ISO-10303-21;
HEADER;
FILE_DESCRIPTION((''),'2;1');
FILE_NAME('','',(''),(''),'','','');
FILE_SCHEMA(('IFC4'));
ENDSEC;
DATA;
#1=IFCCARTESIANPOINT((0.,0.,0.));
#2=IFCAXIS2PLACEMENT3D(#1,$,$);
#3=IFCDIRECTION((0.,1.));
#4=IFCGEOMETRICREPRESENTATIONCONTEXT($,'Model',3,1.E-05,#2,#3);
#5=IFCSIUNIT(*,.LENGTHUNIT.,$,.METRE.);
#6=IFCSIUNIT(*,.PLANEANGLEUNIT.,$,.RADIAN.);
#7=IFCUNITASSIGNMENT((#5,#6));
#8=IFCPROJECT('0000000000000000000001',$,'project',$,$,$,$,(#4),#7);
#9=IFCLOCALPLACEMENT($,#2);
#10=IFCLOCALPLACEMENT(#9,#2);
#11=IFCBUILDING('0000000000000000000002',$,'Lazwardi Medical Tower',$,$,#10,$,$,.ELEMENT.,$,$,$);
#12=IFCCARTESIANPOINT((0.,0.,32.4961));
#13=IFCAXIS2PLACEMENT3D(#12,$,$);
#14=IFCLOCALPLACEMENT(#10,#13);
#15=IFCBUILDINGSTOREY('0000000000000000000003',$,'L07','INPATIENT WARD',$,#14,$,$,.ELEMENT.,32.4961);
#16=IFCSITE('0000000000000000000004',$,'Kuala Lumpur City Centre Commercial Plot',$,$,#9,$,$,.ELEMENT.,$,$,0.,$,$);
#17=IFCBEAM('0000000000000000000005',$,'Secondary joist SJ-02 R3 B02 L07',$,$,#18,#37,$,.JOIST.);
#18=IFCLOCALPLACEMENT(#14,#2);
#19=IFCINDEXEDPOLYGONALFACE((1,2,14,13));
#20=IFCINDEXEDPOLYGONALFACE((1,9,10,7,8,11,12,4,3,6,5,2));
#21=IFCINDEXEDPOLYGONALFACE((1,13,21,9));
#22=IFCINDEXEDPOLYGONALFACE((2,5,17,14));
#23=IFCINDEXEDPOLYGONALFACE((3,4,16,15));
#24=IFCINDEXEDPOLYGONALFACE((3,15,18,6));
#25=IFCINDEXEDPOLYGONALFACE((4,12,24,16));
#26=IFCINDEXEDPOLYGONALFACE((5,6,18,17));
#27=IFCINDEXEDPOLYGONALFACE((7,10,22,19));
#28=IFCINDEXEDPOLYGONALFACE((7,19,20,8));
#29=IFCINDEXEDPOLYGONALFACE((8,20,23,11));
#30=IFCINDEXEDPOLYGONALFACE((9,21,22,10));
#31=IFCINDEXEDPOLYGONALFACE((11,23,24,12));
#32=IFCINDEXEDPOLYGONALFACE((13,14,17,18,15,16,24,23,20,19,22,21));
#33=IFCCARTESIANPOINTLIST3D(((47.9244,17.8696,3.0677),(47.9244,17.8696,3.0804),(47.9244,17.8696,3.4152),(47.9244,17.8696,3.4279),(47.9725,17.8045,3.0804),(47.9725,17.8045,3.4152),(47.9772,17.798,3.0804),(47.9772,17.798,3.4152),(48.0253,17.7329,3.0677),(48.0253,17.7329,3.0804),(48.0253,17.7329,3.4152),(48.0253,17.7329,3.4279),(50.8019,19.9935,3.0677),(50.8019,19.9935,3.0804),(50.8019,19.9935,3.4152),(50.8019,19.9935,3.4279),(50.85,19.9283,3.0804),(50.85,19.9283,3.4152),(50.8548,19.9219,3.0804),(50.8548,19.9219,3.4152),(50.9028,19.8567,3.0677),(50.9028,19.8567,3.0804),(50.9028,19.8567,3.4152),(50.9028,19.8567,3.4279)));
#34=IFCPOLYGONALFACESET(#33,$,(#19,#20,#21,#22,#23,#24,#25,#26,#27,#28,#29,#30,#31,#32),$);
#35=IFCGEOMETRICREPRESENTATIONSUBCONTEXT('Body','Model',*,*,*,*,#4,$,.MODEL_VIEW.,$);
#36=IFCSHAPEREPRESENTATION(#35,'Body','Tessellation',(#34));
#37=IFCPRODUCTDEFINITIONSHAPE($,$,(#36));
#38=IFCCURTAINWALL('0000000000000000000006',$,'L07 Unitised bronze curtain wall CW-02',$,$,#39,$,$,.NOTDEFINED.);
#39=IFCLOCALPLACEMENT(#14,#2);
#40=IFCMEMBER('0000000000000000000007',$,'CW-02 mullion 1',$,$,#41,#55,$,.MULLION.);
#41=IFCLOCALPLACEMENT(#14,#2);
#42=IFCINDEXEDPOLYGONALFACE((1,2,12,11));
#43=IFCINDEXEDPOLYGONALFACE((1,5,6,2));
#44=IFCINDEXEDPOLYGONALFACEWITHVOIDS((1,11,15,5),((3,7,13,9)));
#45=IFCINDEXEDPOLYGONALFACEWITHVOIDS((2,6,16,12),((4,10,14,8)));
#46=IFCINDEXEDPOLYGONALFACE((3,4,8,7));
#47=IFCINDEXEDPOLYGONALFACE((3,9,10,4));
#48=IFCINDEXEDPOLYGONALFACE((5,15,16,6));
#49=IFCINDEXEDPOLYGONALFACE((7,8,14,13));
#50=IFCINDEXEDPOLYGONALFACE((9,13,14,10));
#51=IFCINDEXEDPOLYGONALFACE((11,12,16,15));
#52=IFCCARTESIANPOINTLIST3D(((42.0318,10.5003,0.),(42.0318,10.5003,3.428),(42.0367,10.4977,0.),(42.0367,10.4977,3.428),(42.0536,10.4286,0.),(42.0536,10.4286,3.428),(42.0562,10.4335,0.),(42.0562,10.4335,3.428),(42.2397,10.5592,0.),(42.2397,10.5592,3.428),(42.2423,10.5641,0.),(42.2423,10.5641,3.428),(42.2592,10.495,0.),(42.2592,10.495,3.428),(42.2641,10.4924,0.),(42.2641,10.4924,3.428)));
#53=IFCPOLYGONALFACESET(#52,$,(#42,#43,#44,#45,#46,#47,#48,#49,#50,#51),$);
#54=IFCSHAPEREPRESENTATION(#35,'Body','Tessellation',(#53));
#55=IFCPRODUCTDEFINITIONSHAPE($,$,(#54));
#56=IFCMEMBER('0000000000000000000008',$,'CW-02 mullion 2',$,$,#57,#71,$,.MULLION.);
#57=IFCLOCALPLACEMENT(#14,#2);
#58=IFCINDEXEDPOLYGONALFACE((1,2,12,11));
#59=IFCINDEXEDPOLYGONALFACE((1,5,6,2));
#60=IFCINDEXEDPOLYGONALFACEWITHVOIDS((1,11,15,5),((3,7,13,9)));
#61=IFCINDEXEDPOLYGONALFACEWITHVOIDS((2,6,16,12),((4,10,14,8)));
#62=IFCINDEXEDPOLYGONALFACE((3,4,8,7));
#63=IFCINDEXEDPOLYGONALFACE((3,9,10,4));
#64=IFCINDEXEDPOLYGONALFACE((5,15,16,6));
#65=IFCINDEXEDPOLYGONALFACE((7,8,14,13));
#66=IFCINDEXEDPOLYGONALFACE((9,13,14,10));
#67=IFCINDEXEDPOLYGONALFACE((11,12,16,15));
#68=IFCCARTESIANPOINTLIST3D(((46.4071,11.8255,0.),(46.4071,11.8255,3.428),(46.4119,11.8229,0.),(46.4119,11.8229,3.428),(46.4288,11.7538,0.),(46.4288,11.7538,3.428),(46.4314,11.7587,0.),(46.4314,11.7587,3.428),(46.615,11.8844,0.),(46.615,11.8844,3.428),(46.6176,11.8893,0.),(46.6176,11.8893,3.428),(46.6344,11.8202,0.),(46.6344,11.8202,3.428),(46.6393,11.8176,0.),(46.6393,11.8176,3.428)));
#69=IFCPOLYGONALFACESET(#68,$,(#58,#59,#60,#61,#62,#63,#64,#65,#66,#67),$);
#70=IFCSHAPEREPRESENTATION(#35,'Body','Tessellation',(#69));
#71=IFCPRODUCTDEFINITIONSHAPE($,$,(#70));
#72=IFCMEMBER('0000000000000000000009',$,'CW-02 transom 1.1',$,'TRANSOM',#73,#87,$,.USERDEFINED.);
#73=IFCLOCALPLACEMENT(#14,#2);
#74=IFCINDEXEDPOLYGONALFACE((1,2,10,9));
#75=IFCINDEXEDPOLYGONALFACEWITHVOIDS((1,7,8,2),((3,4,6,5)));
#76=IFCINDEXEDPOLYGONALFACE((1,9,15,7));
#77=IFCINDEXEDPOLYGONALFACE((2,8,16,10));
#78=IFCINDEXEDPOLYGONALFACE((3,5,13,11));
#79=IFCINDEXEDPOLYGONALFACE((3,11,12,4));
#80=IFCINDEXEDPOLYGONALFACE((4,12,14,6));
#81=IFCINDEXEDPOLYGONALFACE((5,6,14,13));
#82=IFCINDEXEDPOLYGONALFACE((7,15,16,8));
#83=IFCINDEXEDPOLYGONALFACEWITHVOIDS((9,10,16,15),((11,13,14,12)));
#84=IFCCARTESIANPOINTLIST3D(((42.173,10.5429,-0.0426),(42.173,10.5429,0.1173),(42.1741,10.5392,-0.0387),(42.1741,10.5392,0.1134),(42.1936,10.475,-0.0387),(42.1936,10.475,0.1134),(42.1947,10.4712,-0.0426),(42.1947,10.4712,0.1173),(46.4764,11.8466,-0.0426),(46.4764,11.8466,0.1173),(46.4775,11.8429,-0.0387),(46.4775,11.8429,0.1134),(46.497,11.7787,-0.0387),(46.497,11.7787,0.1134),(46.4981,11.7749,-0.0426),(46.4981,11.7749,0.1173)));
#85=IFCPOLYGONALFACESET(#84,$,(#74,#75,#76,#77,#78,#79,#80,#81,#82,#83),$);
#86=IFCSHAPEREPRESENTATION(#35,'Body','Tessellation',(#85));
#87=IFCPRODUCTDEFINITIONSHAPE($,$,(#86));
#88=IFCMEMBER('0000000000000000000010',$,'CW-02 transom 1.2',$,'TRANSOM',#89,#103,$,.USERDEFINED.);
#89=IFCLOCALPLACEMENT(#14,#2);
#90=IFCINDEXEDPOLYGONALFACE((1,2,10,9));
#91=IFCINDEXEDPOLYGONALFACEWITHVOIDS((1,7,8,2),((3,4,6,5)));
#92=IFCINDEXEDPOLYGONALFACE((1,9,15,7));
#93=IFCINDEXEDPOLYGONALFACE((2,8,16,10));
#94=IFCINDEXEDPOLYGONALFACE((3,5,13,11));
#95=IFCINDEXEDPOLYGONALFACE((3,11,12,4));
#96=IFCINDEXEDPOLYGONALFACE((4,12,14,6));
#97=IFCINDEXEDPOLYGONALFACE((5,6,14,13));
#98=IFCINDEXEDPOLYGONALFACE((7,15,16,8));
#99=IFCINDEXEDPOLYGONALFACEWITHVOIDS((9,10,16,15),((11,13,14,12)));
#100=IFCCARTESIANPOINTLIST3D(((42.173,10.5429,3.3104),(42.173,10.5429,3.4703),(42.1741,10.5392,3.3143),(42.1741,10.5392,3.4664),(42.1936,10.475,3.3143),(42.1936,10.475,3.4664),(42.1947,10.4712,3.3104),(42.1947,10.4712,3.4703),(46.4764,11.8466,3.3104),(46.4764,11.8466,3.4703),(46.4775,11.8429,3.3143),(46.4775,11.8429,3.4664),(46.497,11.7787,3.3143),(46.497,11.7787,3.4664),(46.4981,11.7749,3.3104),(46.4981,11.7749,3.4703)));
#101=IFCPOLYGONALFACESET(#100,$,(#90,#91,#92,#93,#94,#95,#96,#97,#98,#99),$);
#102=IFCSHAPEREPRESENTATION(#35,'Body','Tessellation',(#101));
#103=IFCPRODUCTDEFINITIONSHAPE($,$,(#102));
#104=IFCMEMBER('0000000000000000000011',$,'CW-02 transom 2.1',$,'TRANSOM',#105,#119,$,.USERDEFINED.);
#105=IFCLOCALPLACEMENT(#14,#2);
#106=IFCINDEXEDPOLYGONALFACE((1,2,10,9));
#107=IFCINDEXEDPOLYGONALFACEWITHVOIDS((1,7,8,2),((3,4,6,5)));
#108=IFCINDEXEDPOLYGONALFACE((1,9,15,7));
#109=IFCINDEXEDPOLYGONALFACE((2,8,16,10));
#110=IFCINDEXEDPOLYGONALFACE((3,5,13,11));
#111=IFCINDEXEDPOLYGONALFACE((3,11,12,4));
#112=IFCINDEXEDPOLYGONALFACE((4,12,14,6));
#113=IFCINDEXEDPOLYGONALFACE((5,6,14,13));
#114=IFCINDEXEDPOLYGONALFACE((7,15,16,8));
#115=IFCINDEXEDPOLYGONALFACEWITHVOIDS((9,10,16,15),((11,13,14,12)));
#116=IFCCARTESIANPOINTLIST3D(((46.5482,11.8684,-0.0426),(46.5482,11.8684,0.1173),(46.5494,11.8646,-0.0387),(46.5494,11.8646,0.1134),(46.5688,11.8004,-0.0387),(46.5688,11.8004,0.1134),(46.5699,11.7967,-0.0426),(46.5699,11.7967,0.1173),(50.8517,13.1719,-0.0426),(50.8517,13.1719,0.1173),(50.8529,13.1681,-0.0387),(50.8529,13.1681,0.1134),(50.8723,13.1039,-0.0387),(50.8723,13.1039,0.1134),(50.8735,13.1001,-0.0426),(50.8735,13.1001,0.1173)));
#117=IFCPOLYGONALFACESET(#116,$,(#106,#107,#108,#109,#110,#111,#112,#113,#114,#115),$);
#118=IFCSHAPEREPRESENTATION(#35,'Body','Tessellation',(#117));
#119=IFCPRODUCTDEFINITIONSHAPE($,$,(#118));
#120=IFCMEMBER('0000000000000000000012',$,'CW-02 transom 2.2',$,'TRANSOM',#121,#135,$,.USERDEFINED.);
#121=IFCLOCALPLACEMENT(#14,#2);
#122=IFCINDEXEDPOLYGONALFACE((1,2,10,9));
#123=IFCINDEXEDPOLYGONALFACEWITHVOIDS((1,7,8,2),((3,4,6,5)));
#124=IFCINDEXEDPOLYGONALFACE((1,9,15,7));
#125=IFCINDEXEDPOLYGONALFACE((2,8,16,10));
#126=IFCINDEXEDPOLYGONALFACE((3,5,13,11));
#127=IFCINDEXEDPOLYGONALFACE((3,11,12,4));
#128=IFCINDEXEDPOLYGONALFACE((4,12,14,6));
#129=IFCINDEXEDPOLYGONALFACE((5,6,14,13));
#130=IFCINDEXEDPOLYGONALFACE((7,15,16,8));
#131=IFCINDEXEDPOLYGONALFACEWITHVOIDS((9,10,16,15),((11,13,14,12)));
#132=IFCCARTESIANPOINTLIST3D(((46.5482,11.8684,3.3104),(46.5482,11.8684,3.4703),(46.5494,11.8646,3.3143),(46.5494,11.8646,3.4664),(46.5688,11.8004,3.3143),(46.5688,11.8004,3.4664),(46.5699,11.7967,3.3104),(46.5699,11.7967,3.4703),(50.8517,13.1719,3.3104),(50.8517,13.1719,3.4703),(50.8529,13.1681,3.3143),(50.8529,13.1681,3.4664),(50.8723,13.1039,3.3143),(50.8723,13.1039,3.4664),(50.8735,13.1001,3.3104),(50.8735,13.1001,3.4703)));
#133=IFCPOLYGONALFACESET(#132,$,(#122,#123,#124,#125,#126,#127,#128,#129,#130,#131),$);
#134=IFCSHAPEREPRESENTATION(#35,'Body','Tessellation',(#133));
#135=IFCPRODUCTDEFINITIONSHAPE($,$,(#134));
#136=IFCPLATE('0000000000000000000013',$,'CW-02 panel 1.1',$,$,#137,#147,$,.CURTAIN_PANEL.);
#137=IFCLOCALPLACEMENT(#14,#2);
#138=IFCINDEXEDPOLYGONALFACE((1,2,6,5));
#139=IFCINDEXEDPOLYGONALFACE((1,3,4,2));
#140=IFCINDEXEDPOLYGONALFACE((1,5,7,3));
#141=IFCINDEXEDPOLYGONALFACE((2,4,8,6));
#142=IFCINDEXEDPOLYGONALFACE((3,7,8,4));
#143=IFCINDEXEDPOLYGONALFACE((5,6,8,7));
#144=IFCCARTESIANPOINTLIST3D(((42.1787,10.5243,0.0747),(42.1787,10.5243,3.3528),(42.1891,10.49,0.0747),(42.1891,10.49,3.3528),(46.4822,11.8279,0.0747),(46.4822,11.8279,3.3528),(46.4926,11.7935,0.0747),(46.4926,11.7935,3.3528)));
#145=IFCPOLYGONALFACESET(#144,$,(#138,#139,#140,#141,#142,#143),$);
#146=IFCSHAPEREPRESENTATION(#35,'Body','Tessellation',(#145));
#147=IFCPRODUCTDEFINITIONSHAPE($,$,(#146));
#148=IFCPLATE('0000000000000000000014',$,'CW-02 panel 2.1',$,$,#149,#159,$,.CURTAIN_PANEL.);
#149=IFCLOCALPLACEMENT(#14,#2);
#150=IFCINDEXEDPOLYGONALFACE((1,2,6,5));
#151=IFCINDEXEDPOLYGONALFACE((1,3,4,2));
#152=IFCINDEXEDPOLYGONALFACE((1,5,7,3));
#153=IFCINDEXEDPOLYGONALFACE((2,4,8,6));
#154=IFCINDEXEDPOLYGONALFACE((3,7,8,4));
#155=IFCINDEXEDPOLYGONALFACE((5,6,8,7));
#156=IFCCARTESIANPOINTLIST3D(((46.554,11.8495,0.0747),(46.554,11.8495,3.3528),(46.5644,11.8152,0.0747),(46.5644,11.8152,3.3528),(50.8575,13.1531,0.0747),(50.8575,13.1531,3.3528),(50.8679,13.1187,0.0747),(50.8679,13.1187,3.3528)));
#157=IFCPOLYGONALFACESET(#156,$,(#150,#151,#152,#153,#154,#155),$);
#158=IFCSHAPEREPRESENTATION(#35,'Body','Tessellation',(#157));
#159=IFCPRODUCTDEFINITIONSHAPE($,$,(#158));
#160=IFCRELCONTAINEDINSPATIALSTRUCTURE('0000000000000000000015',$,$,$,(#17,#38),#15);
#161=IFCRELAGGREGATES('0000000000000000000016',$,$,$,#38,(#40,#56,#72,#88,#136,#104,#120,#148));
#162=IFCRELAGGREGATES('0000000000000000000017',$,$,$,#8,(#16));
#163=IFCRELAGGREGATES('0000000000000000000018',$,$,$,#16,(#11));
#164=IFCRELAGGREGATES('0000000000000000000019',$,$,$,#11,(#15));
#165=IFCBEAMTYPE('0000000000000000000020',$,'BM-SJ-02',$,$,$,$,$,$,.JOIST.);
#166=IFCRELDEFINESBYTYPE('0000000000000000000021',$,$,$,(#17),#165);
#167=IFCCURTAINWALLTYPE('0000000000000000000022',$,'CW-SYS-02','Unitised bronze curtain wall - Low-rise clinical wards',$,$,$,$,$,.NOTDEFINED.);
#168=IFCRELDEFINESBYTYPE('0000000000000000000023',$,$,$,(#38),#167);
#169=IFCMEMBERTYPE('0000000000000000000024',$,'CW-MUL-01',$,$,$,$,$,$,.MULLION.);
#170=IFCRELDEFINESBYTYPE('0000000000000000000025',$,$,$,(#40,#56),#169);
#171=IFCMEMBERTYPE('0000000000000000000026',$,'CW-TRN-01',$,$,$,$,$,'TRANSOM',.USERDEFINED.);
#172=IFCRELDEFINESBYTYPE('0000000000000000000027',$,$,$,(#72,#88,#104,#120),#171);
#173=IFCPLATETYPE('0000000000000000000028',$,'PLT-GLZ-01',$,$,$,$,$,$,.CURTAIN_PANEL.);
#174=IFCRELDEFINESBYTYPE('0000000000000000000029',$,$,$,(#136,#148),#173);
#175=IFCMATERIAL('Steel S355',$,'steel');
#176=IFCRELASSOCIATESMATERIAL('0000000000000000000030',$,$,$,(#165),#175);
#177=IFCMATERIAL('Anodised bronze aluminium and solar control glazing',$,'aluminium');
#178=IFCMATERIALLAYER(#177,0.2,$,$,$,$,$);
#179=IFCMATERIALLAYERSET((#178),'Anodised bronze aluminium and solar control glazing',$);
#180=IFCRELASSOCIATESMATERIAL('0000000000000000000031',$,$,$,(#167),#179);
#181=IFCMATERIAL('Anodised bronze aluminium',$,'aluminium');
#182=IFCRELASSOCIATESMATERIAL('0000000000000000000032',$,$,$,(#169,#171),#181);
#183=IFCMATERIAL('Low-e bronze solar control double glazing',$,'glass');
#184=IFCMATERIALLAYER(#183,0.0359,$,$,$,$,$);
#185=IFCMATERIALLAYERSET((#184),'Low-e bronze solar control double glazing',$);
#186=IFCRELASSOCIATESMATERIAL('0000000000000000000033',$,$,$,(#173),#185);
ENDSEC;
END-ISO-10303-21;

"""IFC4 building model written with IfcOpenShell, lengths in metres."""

from ifc_helpers import new_model, si_unit, direction, frame, origin, origin_2d, place, context, subcontext, project, spatial, rectangle, hollow_rectangle, i_section, extrude, material, layer, layer_set, material_profile, profile_set, type_object, element, aggregate, save


model = new_model("IFC4")

# Units and contexts
model_context = context("Model", 3, precision=1e-05, world=origin(), true_north=direction((0.0, 1.0)))
body_context = subcontext(model_context, "Body", "Model", "MODEL_VIEW")
ifc_project = project(units=[si_unit("LENGTHUNIT", "METRE"), si_unit("PLANEANGLEUNIT", "RADIAN")], contexts=[model_context])

# Site, building, storey
site_placement = place(None, origin())
site = spatial("IfcSite", under=ifc_project, at=site_placement, Name="Kuala Lumpur City Centre Commercial Plot", CompositionType="ELEMENT", RefElevation=0.0)
building_placement = place(site_placement, origin())
building = spatial("IfcBuilding", under=site, at=building_placement, Name="Lazwardi Medical Tower", CompositionType="ELEMENT")
storey_placement = place(building_placement, frame((0.0, 0.0, 32.4961)))
storey = spatial("IfcBuildingStorey", under=building, at=storey_placement, Name="L07", Description="INPATIENT WARD", CompositionType="ELEMENT", Elevation=32.4961)

# Beam
ifc_material_1 = material(Name="Steel S355", Category="steel")
ifc_material_profile_1 = material_profile(ifc_material_1, i_section(OverallWidth=0.1699, OverallDepth=0.3601, WebThickness=0.0081, FlangeThickness=0.0127, at=origin_2d()), Name="IPE 360")
ifc_profile_set_1 = profile_set([ifc_material_profile_1], Name="Steel S355")
beam_type_1 = type_object("IfcBeamType", Name="BM-SJ-02", PredefinedType="JOIST", material=ifc_profile_set_1)
beam_1_placement = place(storey_placement, frame((47.9749, 17.8013, 3.2478), z_axis=(0.80458, 0.593844, 0.0), x_axis=(-0.593844, 0.80458, 0.0)))
element("IfcBeam", 1, at=beam_1_placement, inside=storey, type_object=beam_type_1, Name="Secondary joist SJ-02 R3 B02 L07", PredefinedType="JOIST", context=body_context, shape_type="SweptSolid", body=[
    extrude(i_section(OverallWidth=0.1699, OverallDepth=0.3601, WebThickness=0.0081, FlangeThickness=0.0127, at=origin_2d()), origin(), (0.0, 0.0, 1.0), 3.5764),
])

# Curtain wall, members, plates
ifc_material_2 = material(Name="Anodised bronze aluminium and solar control glazing", Category="aluminium")
ifc_layer_1 = layer(ifc_material_2, 0.2)
ifc_layer_set_1 = layer_set([ifc_layer_1], Name="Anodised bronze aluminium and solar control glazing")
curtain_wall_type = type_object("IfcCurtainWallType", Name="CW-SYS-02", Description="Unitised bronze curtain wall - Low-rise clinical wards", PredefinedType="NOTDEFINED", material=ifc_layer_set_1)
curtain_wall_placement = place(storey_placement, origin())
curtain_wall = element("IfcCurtainWall", 2, at=curtain_wall_placement, inside=storey, type_object=curtain_wall_type, Name="L07 Unitised bronze curtain wall CW-02", PredefinedType="NOTDEFINED")
ifc_material_3 = material(Name="Anodised bronze aluminium", Category="aluminium")
ifc_material_profile_2 = material_profile(ifc_material_3, hollow_rectangle(XDim=0.075, YDim=0.22, WallThickness=0.0039, at=origin_2d()), Name="ALU-MULLION 220x75x4")
ifc_profile_set_2 = profile_set([ifc_material_profile_2], Name="Anodised bronze aluminium")
member_type_1 = type_object("IfcMemberType", Name="CW-MUL-01", PredefinedType="MULLION", material=ifc_profile_set_2)
member_1_placement = place(storey_placement, frame((42.1479, 10.4963, 0.0), z_axis=(0.0, 0.0, 1.0), x_axis=(-0.289896, 0.957058, 0.0)))
member_1 = element("IfcMember", 3, at=member_1_placement, type_object=member_type_1, Name="CW-02 mullion 1", PredefinedType="MULLION", context=body_context, shape_type="SweptSolid", body=[
    extrude(hollow_rectangle(XDim=0.075, YDim=0.22, WallThickness=0.0039, at=origin_2d()), origin(), (0.0, 0.0, 1.0), 3.428),
])
member_2_placement = place(storey_placement, frame((46.5232, 11.8215, 0.0), z_axis=(0.0, 0.0, 1.0), x_axis=(-0.289896, 0.957058, 0.0)))
member_2 = element("IfcMember", 4, at=member_2_placement, type_object=member_type_1, Name="CW-02 mullion 2", PredefinedType="MULLION", context=body_context, shape_type="SweptSolid", body=[
    extrude(hollow_rectangle(XDim=0.075, YDim=0.22, WallThickness=0.0039, at=origin_2d()), origin(), (0.0, 0.0, 1.0), 3.428),
])
ifc_material_profile_3 = material_profile(ifc_material_3, hollow_rectangle(XDim=0.075, YDim=0.1599, WallThickness=0.0039, at=origin_2d()), Name="ALU-TRANSOM 160x75x4")
ifc_profile_set_3 = profile_set([ifc_material_profile_3], Name="Anodised bronze aluminium")
member_type_2 = type_object("IfcMemberType", Name="CW-TRN-01", ElementType="TRANSOM", PredefinedType="USERDEFINED", material=ifc_profile_set_3)
member_3_placement = place(storey_placement, frame((42.1838, 10.5071, 0.0374), z_axis=(0.957047, 0.289932, 0.0), x_axis=(-0.289932, 0.957047, 0.0)))
member_3 = element("IfcMember", 5, at=member_3_placement, type_object=member_type_2, Name="CW-02 transom 1.1", ObjectType="TRANSOM", PredefinedType="USERDEFINED", context=body_context, shape_type="SweptSolid", body=[
    extrude(hollow_rectangle(XDim=0.075, YDim=0.1599, WallThickness=0.0039, at=origin_2d()), origin(), (0.0, 0.0, 1.0), 4.4966),
])
member_4_placement = place(storey_placement, frame((42.1838, 10.5071, 3.3904), z_axis=(0.957047, 0.289932, 0.0), x_axis=(-0.289932, 0.957047, 0.0)))
member_4 = element("IfcMember", 6, at=member_4_placement, type_object=member_type_2, Name="CW-02 transom 1.2", ObjectType="TRANSOM", PredefinedType="USERDEFINED", context=body_context, shape_type="SweptSolid", body=[
    extrude(hollow_rectangle(XDim=0.075, YDim=0.1599, WallThickness=0.0039, at=origin_2d()), origin(), (0.0, 0.0, 1.0), 4.4966),
])
member_5_placement = place(storey_placement, frame((46.5591, 11.8325, 0.0374), z_axis=(0.957062, 0.289882, 0.0), x_axis=(-0.289882, 0.957062, 0.0)))
member_5 = element("IfcMember", 7, at=member_5_placement, type_object=member_type_2, Name="CW-02 transom 2.1", ObjectType="TRANSOM", PredefinedType="USERDEFINED", context=body_context, shape_type="SweptSolid", body=[
    extrude(hollow_rectangle(XDim=0.075, YDim=0.1599, WallThickness=0.0039, at=origin_2d()), origin(), (0.0, 0.0, 1.0), 4.4966),
])
member_6_placement = place(storey_placement, frame((46.5591, 11.8325, 3.3904), z_axis=(0.957062, 0.289882, 0.0), x_axis=(-0.289882, 0.957062, 0.0)))
member_6 = element("IfcMember", 8, at=member_6_placement, type_object=member_type_2, Name="CW-02 transom 2.2", ObjectType="TRANSOM", PredefinedType="USERDEFINED", context=body_context, shape_type="SweptSolid", body=[
    extrude(hollow_rectangle(XDim=0.075, YDim=0.1599, WallThickness=0.0039, at=origin_2d()), origin(), (0.0, 0.0, 1.0), 4.4966),
])
ifc_material_4 = material(Name="Low-e bronze solar control double glazing", Category="glass")
ifc_layer_2 = layer(ifc_material_4, 0.0359)
ifc_layer_set_2 = layer_set([ifc_layer_2], Name="Low-e bronze solar control double glazing")
plate_type = type_object("IfcPlateType", Name="PLT-GLZ-01", PredefinedType="CURTAIN_PANEL", material=ifc_layer_set_2)
plate_1_placement = place(storey_placement, frame((44.3357, 11.1589, 0.0747), z_axis=(0.0, 0.0, 1.0), x_axis=(0.957058, 0.289896, 0.0)))
plate_1 = element("IfcPlate", 9, at=plate_1_placement, type_object=plate_type, Name="CW-02 panel 1.1", PredefinedType="CURTAIN_PANEL", context=body_context, shape_type="SweptSolid", body=[
    extrude(rectangle(XDim=4.4966, YDim=0.0359, at=origin_2d()), origin(), (0.0, 0.0, 1.0), 3.2781),
])
plate_2_placement = place(storey_placement, frame((48.7109, 12.4841, 0.0747), z_axis=(0.0, 0.0, 1.0), x_axis=(0.957058, 0.289896, 0.0)))
plate_2 = element("IfcPlate", 10, at=plate_2_placement, type_object=plate_type, Name="CW-02 panel 2.1", PredefinedType="CURTAIN_PANEL", context=body_context, shape_type="SweptSolid", body=[
    extrude(rectangle(XDim=4.4966, YDim=0.0359, at=origin_2d()), origin(), (0.0, 0.0, 1.0), 3.2781),
])
aggregate(curtain_wall, [member_1, member_2, member_3, member_4, plate_1, member_5, member_6, plate_2])

save(model, "model.ifc")
